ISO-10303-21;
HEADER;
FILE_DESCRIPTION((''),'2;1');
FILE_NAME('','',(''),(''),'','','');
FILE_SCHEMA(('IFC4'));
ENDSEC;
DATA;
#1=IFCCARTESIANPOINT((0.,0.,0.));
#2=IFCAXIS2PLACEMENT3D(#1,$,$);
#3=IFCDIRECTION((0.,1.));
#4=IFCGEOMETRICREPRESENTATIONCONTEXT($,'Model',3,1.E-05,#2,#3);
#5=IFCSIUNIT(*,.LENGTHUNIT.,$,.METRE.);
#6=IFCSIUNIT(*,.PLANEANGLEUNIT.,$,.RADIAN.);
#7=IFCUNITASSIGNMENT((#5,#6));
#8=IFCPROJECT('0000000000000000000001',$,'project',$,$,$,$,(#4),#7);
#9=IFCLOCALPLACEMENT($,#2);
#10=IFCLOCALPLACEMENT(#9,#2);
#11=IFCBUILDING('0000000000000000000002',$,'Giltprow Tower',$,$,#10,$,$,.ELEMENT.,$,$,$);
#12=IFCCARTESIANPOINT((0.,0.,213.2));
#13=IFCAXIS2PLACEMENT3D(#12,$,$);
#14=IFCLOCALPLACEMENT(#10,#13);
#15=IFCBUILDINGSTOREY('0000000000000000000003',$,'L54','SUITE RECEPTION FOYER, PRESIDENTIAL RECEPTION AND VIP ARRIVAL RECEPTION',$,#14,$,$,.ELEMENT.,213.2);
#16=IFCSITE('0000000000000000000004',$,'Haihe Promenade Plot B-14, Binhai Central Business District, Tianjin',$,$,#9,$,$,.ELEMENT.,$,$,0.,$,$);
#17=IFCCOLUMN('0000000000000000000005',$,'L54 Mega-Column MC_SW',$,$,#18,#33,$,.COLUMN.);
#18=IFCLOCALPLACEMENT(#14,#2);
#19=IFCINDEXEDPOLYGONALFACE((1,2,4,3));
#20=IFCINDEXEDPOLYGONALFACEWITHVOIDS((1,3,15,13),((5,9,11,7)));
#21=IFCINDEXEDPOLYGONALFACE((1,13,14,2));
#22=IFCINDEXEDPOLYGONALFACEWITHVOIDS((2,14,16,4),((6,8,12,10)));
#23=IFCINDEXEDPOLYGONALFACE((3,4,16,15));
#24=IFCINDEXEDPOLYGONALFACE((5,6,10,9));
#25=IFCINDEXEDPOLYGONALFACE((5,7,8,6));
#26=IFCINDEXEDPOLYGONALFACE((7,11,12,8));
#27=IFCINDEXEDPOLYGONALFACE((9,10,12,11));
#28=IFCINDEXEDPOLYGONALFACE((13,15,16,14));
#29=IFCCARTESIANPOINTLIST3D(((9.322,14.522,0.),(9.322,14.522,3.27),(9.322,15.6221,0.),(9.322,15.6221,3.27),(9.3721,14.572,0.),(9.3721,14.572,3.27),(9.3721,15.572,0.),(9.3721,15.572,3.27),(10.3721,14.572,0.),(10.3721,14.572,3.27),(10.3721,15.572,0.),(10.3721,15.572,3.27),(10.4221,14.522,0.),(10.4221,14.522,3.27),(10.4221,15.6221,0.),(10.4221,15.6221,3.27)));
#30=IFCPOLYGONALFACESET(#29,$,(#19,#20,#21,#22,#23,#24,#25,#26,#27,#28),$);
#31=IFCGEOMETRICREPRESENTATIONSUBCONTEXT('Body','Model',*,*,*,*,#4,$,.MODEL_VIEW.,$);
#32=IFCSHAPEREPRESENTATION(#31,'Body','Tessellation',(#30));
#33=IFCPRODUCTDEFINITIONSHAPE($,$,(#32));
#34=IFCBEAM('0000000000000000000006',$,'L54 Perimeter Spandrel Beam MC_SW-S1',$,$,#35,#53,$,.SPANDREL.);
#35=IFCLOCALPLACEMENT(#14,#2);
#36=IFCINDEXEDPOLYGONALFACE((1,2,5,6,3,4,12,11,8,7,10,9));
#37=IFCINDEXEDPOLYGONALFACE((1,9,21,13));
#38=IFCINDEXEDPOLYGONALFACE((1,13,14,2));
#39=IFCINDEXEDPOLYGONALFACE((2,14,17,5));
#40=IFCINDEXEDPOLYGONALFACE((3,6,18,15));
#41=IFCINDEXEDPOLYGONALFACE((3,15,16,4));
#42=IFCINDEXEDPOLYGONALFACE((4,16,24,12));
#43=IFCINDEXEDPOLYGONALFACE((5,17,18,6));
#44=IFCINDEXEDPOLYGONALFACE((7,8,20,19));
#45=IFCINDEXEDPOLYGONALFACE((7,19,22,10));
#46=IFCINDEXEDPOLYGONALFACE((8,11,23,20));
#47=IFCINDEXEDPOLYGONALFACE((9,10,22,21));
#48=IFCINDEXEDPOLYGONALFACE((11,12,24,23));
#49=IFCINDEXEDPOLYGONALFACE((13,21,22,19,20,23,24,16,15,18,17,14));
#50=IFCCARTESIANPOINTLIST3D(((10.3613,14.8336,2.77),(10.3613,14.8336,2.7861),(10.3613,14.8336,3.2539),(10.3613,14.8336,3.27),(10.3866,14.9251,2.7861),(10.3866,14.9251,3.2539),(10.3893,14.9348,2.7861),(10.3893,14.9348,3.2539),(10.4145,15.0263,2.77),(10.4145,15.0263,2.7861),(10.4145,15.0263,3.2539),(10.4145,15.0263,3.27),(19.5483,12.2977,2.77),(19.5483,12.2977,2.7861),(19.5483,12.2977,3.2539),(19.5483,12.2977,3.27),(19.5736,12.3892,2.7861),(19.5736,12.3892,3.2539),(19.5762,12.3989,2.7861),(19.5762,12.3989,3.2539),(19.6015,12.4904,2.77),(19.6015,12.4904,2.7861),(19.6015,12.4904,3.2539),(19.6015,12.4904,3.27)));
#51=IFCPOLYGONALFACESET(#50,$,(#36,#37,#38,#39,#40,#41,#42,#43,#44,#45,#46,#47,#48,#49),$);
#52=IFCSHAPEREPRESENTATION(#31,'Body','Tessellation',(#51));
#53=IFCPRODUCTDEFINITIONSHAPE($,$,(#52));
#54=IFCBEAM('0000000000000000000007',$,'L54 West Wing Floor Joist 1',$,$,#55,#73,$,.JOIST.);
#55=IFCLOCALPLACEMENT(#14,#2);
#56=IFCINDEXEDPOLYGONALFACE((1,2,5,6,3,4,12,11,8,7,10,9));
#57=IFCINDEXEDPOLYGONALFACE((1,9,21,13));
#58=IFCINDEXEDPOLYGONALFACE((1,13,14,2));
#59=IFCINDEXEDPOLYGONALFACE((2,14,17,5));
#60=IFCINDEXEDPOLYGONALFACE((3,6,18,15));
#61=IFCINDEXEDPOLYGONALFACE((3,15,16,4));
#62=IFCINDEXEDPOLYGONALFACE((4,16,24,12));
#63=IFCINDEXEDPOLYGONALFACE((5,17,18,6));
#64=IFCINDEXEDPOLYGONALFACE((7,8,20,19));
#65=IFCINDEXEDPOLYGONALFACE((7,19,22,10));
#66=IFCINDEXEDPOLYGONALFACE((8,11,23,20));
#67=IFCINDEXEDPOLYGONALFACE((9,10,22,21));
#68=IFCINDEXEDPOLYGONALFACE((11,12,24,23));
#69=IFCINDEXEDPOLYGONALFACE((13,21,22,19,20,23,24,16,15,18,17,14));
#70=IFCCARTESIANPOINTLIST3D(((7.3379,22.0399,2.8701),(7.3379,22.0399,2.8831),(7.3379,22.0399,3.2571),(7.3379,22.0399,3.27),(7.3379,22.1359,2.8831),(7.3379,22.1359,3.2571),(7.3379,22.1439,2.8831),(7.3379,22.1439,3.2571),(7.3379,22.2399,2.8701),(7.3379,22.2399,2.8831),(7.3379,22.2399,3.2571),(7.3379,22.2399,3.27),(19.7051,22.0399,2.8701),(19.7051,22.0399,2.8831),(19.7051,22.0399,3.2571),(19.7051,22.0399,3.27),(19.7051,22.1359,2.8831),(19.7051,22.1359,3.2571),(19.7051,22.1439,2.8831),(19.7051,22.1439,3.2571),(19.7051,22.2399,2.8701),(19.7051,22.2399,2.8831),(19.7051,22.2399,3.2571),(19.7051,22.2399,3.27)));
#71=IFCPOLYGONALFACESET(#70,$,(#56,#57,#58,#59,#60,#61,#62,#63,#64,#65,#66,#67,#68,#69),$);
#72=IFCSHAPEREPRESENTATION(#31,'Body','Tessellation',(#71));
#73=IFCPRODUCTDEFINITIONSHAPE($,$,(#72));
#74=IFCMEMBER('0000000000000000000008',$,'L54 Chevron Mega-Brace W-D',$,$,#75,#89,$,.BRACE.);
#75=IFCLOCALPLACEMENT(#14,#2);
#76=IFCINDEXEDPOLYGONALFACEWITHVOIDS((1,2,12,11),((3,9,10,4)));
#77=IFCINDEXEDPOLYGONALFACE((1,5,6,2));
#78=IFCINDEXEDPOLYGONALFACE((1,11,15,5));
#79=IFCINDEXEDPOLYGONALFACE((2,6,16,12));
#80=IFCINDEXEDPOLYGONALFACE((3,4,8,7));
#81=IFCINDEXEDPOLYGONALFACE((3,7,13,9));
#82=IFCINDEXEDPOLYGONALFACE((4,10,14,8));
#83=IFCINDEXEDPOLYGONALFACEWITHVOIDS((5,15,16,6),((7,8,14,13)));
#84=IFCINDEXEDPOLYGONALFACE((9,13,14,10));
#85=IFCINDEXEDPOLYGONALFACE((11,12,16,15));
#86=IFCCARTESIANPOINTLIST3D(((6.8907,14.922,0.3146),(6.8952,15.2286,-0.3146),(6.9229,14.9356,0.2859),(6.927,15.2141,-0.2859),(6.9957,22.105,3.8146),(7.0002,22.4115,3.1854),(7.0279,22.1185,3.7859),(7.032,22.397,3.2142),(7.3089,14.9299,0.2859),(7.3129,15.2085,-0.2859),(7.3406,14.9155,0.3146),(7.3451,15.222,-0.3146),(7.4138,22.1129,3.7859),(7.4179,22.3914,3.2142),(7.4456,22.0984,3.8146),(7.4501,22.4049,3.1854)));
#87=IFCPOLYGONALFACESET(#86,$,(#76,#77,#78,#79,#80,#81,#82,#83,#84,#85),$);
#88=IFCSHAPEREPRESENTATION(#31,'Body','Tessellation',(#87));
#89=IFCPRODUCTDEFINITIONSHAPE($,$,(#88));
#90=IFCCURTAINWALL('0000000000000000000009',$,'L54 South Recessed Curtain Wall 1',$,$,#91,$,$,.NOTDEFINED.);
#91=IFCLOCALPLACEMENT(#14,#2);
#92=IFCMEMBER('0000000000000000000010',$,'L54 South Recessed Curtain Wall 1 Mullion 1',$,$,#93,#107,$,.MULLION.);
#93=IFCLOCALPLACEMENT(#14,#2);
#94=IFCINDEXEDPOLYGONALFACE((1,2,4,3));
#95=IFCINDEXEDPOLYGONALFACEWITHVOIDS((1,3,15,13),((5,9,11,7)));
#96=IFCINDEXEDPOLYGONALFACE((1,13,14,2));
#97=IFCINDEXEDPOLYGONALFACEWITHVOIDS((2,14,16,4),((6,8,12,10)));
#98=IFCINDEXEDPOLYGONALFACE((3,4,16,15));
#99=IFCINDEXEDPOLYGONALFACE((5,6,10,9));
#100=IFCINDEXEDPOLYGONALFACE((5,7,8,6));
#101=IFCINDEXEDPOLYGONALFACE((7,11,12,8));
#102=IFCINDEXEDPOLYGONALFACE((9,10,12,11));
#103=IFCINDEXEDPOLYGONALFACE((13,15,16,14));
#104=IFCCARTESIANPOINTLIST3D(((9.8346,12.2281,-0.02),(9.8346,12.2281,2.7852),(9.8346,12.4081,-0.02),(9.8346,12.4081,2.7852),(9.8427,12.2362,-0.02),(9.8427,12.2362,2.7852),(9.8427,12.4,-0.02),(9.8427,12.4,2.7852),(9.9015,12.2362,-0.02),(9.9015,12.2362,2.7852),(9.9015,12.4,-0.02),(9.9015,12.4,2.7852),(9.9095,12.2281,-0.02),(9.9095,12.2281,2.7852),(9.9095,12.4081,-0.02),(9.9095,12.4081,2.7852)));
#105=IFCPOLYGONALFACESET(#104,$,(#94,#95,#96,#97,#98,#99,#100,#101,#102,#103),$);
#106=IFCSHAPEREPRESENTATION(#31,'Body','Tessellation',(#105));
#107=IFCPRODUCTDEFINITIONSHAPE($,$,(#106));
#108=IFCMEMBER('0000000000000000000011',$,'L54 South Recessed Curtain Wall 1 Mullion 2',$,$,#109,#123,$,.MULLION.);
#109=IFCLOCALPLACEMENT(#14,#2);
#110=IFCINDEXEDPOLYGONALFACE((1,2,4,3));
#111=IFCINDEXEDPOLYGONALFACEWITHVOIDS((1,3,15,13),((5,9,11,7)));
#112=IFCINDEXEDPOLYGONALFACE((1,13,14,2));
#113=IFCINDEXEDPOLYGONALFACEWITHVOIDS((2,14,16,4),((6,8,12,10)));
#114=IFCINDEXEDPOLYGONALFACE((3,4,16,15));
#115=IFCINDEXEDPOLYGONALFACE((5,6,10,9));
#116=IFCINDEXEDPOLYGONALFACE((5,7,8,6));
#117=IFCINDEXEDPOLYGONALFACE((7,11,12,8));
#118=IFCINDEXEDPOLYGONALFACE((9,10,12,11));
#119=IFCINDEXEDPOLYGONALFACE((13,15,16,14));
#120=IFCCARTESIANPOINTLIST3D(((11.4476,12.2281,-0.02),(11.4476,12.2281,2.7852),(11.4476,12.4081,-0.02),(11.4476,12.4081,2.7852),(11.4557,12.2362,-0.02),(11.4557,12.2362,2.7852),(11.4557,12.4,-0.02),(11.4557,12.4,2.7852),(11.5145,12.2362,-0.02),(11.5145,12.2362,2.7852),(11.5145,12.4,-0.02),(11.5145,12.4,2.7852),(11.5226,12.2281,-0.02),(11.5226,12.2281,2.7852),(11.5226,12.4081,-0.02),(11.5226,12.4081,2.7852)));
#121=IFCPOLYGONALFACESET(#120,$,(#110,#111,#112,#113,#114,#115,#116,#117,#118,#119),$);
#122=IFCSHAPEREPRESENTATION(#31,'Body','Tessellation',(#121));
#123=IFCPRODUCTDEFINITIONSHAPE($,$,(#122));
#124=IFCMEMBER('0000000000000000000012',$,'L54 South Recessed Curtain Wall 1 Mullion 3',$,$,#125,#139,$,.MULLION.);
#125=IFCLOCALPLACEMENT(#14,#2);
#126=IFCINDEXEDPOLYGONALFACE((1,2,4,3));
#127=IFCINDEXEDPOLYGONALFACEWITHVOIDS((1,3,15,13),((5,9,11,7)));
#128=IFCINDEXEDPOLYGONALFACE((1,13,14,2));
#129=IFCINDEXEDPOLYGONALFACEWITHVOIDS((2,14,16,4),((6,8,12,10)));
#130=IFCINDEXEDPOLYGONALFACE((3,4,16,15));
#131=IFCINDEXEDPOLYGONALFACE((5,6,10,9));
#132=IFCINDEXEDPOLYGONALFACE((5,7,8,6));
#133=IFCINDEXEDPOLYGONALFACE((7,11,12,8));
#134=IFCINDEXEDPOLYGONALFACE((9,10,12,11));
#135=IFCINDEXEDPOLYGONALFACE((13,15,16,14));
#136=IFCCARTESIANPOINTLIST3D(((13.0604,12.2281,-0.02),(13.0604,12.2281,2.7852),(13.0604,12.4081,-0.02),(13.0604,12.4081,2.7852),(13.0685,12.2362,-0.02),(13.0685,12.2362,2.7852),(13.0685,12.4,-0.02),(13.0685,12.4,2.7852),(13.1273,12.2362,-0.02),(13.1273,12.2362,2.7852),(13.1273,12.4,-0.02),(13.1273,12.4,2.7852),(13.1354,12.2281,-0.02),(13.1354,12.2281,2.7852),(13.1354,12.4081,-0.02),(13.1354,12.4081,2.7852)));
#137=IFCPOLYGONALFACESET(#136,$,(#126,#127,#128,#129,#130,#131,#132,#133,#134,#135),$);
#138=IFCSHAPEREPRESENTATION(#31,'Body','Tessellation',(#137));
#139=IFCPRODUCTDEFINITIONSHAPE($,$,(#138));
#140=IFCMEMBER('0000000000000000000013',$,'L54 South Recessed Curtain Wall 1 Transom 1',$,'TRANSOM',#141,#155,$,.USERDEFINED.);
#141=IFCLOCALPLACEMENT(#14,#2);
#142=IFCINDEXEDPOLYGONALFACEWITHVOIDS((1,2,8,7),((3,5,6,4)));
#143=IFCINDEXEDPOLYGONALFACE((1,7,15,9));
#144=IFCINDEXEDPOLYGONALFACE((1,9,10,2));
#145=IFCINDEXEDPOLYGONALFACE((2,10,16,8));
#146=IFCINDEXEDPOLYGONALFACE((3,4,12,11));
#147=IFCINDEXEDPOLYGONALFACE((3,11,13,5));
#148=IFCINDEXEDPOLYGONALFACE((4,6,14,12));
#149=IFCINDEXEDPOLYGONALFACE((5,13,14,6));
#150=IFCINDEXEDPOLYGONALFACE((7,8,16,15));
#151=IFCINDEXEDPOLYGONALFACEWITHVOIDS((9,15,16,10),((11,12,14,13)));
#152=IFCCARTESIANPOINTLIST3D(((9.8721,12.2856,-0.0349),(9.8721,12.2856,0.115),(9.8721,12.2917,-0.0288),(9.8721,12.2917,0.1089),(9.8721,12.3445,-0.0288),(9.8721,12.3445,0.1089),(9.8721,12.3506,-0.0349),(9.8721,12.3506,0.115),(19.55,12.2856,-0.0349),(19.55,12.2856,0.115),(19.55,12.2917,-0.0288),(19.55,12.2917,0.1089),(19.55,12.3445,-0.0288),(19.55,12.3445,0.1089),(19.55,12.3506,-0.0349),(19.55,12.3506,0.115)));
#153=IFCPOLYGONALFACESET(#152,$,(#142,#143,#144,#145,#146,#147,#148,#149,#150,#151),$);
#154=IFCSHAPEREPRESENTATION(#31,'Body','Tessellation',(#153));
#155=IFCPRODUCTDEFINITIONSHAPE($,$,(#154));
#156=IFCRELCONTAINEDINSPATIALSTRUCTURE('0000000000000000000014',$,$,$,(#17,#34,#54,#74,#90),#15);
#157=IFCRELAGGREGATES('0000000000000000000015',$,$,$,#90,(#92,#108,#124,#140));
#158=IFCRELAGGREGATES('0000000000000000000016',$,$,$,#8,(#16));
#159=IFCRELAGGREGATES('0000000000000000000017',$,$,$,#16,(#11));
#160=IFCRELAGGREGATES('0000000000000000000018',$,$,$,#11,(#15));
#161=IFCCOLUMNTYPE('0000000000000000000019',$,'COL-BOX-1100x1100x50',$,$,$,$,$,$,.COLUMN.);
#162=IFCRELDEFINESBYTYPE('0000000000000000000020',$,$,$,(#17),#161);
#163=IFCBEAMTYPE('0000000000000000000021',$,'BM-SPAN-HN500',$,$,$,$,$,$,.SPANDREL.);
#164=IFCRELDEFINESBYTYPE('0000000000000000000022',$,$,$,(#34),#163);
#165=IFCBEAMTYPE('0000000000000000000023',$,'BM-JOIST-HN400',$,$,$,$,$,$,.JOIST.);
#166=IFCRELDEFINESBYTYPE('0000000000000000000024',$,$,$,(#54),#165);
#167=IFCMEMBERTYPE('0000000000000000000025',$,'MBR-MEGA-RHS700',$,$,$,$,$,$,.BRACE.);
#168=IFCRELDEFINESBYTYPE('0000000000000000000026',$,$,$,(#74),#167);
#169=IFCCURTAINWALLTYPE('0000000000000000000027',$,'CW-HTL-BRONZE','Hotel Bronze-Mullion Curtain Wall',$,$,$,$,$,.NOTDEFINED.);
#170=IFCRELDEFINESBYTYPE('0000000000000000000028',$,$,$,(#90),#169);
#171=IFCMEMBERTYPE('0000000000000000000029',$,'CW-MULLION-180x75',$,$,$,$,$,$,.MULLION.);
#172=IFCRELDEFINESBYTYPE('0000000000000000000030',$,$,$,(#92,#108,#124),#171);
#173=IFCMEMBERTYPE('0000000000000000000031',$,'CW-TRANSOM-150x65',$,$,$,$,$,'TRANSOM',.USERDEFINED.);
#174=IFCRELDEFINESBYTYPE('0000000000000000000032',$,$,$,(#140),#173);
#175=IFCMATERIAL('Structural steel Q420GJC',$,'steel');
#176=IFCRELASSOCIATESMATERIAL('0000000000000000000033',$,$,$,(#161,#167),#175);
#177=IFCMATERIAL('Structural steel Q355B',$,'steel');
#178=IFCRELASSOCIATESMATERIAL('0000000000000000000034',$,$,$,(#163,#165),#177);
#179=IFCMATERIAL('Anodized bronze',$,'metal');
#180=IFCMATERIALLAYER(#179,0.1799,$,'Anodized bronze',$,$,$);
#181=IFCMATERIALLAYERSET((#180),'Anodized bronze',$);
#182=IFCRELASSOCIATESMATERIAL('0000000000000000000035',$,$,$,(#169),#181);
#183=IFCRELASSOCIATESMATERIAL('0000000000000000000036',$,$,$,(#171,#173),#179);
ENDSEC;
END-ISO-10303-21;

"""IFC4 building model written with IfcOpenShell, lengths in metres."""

from ifc_helpers import new_model, si_unit, direction, frame, origin, origin_2d, place, context, subcontext, project, spatial, hollow_rectangle, i_section, extrude, source, transform, mapped, material, layer, layer_set, material_profile, profile_set, type_object, element, aggregate, save


model = new_model("IFC4")

# Units and contexts
model_context = context("Model", 3, precision=1e-05, world=origin(), true_north=direction((0.0, 1.0)))
body_context = subcontext(model_context, "Body", "Model", "MODEL_VIEW")
ifc_project = project(units=[si_unit("LENGTHUNIT", "METRE"), si_unit("PLANEANGLEUNIT", "RADIAN")], contexts=[model_context])

# Site, building, storey
site_placement = place(None, origin())
site = spatial("IfcSite", under=ifc_project, at=site_placement, Name="Haihe Promenade Plot B-14, Binhai Central Business District, Tianjin", CompositionType="ELEMENT", RefElevation=0.0)
building_placement = place(site_placement, origin())
building = spatial("IfcBuilding", under=site, at=building_placement, Name="Giltprow Tower", CompositionType="ELEMENT")
storey_placement = place(building_placement, frame((0.0, 0.0, 213.2)))
storey = spatial("IfcBuildingStorey", under=building, at=storey_placement, Name="L54", Description="SUITE RECEPTION FOYER, PRESIDENTIAL RECEPTION AND VIP ARRIVAL RECEPTION", CompositionType="ELEMENT", Elevation=213.2)

# Column
ifc_material_1 = material(Name="Structural steel Q420GJC", Category="steel")
ifc_material_profile_1 = material_profile(ifc_material_1, hollow_rectangle(XDim=1.1001, YDim=1.1001, WallThickness=0.05, at=origin_2d()), Name="BOX 1100x1100x50")
ifc_profile_set_1 = profile_set([ifc_material_profile_1], Name="Structural steel Q420GJC")
column_type = type_object("IfcColumnType", Name="COL-BOX-1100x1100x50", PredefinedType="COLUMN", material=ifc_profile_set_1)
shared_shape_1 = source(origin(), body_context, "Body", "SweptSolid", [
    extrude(hollow_rectangle(XDim=1.1001, YDim=1.1001, WallThickness=0.05, at=origin_2d()), origin(), (0.0, 0.0, 1.0), 3.27),
])
column_placement = place(storey_placement, frame((9.8721, 15.072, 0.0), z_axis=(0.0, 0.0, 1.0), x_axis=(1.0, 0.0, 0.0)))
element("IfcColumn", 1, at=column_placement, inside=storey, type_object=column_type, Name="L54 Mega-Column MC_SW", PredefinedType="COLUMN", context=body_context, shape_type="MappedRepresentation", body=[
    mapped(shared_shape_1, transform((0.0, 0.0, 0.0), x_axis=(1.0, 0.0, 0.0), y_axis=(0.0, 1.0, 0.0), z_axis=(0.0, 0.0, 1.0), scale=1.0)),
])

# Beams
ifc_material_2 = material(Name="Structural steel Q355B", Category="steel")
ifc_material_profile_2 = material_profile(ifc_material_2, i_section(OverallWidth=0.2, OverallDepth=0.5, WebThickness=0.01, FlangeThickness=0.0161, at=origin_2d()), Name="HN 500x200x10x16")
ifc_profile_set_2 = profile_set([ifc_material_profile_2], Name="Structural steel Q355B")
beam_type_1 = type_object("IfcBeamType", Name="BM-SPAN-HN500", PredefinedType="SPANDREL", material=ifc_profile_set_2)
shared_shape_2 = source(origin(), body_context, "Body", "SweptSolid", [
    extrude(i_section(OverallWidth=0.2, OverallDepth=0.5, WebThickness=0.01, FlangeThickness=0.0161, at=origin_2d()), origin(), (0.0, 0.0, 1.0), 9.5305),
])
beam_1_placement = place(storey_placement, frame((10.3879, 14.9299, 3.02), z_axis=(0.963951, -0.266079, 0.0), x_axis=(0.266079, 0.963951, 0.0)))
element("IfcBeam", 2, at=beam_1_placement, inside=storey, type_object=beam_type_1, Name="L54 Perimeter Spandrel Beam MC_SW-S1", PredefinedType="SPANDREL", context=body_context, shape_type="MappedRepresentation", body=[
    mapped(shared_shape_2, transform((0.0, 0.0, 0.0), x_axis=(1.0, 0.0, 0.0), y_axis=(0.0, 1.0, 0.0), z_axis=(0.0, 0.0, 1.0), scale=1.0)),
])
ifc_material_profile_3 = material_profile(ifc_material_2, i_section(OverallWidth=0.2, OverallDepth=0.3999, WebThickness=0.0081, FlangeThickness=0.0129, at=origin_2d()), Name="HN 400x200x8x13")
ifc_profile_set_3 = profile_set([ifc_material_profile_3], Name="Structural steel Q355B")
beam_type_2 = type_object("IfcBeamType", Name="BM-JOIST-HN400", PredefinedType="JOIST", material=ifc_profile_set_3)
shared_shape_3 = source(origin(), body_context, "Body", "SweptSolid", [
    extrude(i_section(OverallWidth=0.2, OverallDepth=0.3999, WebThickness=0.0081, FlangeThickness=0.0129, at=origin_2d()), origin(), (0.0, 0.0, 1.0), 12.3672),
])
beam_2_placement = place(storey_placement, frame((7.3379, 22.1399, 3.0701), z_axis=(1.0, 0.0, 0.0), x_axis=(0.0, 1.0, 0.0)))
element("IfcBeam", 3, at=beam_2_placement, inside=storey, type_object=beam_type_2, Name="L54 West Wing Floor Joist 1", PredefinedType="JOIST", context=body_context, shape_type="MappedRepresentation", body=[
    mapped(shared_shape_3, transform((0.0, 0.0, 0.0), x_axis=(1.0, 0.0, 0.0), y_axis=(0.0, 1.0, 0.0), z_axis=(0.0, 0.0, 1.0), scale=1.0)),
])

# Member
ifc_material_profile_4 = material_profile(ifc_material_1, hollow_rectangle(XDim=0.45, YDim=0.7, WallThickness=0.032, at=origin_2d()), Name="RHS 700x450x32")
ifc_profile_set_4 = profile_set([ifc_material_profile_4], Name="Structural steel Q420GJC")
member_type_1 = type_object("IfcMemberType", Name="MBR-MEGA-RHS700", PredefinedType="BRACE", material=ifc_profile_set_4)
shared_shape_4 = source(origin(), body_context, "Body", "SweptSolid", [
    extrude(hollow_rectangle(XDim=0.45, YDim=0.7, WallThickness=0.032, at=origin_2d()), origin(), (0.0, 0.0, 1.0), 7.991),
])
member_1_placement = place(storey_placement, frame((7.1179, 15.072, 0.0), z_axis=(0.013137, 0.89888, 0.437998), x_axis=(-0.999893, 0.014614, 0.0)))
element("IfcMember", 4, at=member_1_placement, inside=storey, type_object=member_type_1, Name="L54 Chevron Mega-Brace W-D", PredefinedType="BRACE", context=body_context, shape_type="MappedRepresentation", body=[
    mapped(shared_shape_4, transform((0.0, 0.0, 0.0), x_axis=(1.0, 0.0, 0.0), y_axis=(0.0, 1.0, 0.0), z_axis=(0.0, 0.0, 1.0), scale=1.0)),
])

# Curtain wall, members
ifc_material_3 = material(Name="Anodized bronze", Category="metal")
ifc_layer_1 = layer(ifc_material_3, 0.1799, Name="Anodized bronze")
ifc_layer_set_1 = layer_set([ifc_layer_1], Name="Anodized bronze")
curtain_wall_type = type_object("IfcCurtainWallType", Name="CW-HTL-BRONZE", Description="Hotel Bronze-Mullion Curtain Wall", PredefinedType="NOTDEFINED", material=ifc_layer_set_1)
curtain_wall_placement = place(storey_placement, origin())
curtain_wall = element("IfcCurtainWall", 5, at=curtain_wall_placement, inside=storey, type_object=curtain_wall_type, Name="L54 South Recessed Curtain Wall 1", PredefinedType="NOTDEFINED")
ifc_material_profile_5 = material_profile(ifc_material_3, hollow_rectangle(XDim=0.075, YDim=0.1799, WallThickness=0.0081, at=origin_2d()), Name="RHS 180x75x8")
ifc_profile_set_5 = profile_set([ifc_material_profile_5], Name="Anodized bronze")
member_type_2 = type_object("IfcMemberType", Name="CW-MULLION-180x75", PredefinedType="MULLION", material=ifc_profile_set_5)
shared_shape_5 = source(origin(), body_context, "Body", "SweptSolid", [
    extrude(hollow_rectangle(XDim=0.075, YDim=0.1799, WallThickness=0.0081, at=origin_2d()), origin(), (0.0, 0.0, 1.0), 2.8052),
])
member_2_placement = place(storey_placement, frame((9.8721, 12.3181, -0.02), z_axis=(0.0, 0.0, 1.0), x_axis=(1.0, 0.0, 0.0)))
member_2 = element("IfcMember", 6, at=member_2_placement, type_object=member_type_2, Name="L54 South Recessed Curtain Wall 1 Mullion 1", PredefinedType="MULLION", context=body_context, shape_type="MappedRepresentation", body=[
    mapped(shared_shape_5, transform((0.0, 0.0, 0.0), x_axis=(1.0, 0.0, 0.0), y_axis=(0.0, 1.0, 0.0), z_axis=(0.0, 0.0, 1.0), scale=1.0)),
])
member_3_placement = place(storey_placement, frame((11.4851, 12.3181, -0.02), z_axis=(0.0, 0.0, 1.0), x_axis=(1.0, 0.0, 0.0)))
member_3 = element("IfcMember", 7, at=member_3_placement, type_object=member_type_2, Name="L54 South Recessed Curtain Wall 1 Mullion 2", PredefinedType="MULLION", context=body_context, shape_type="MappedRepresentation", body=[
    mapped(shared_shape_5, transform((0.0, 0.0, 0.0), x_axis=(1.0, 0.0, 0.0), y_axis=(0.0, 1.0, 0.0), z_axis=(0.0, 0.0, 1.0), scale=1.0)),
])
member_4_placement = place(storey_placement, frame((13.0979, 12.3181, -0.02), z_axis=(0.0, 0.0, 1.0), x_axis=(1.0, 0.0, 0.0)))
member_4 = element("IfcMember", 8, at=member_4_placement, type_object=member_type_2, Name="L54 South Recessed Curtain Wall 1 Mullion 3", PredefinedType="MULLION", context=body_context, shape_type="MappedRepresentation", body=[
    mapped(shared_shape_5, transform((0.0, 0.0, 0.0), x_axis=(1.0, 0.0, 0.0), y_axis=(0.0, 1.0, 0.0), z_axis=(0.0, 0.0, 1.0), scale=1.0)),
])
ifc_material_profile_6 = material_profile(ifc_material_3, hollow_rectangle(XDim=0.0649, YDim=0.1499, WallThickness=0.0061, at=origin_2d()), Name="RHS 150x65x6")
ifc_profile_set_6 = profile_set([ifc_material_profile_6], Name="Anodized bronze")
member_type_3 = type_object("IfcMemberType", Name="CW-TRANSOM-150x65", ElementType="TRANSOM", PredefinedType="USERDEFINED", material=ifc_profile_set_6)
shared_shape_6 = source(origin(), body_context, "Body", "SweptSolid", [
    extrude(hollow_rectangle(XDim=0.0649, YDim=0.1499, WallThickness=0.0061, at=origin_2d()), origin(), (0.0, 0.0, 1.0), 9.678),
])
member_5_placement = place(storey_placement, frame((9.8721, 12.3181, 0.04), z_axis=(1.0, 0.0, 0.0), x_axis=(0.0, 1.0, 0.0)))
member_5 = element("IfcMember", 9, at=member_5_placement, type_object=member_type_3, Name="L54 South Recessed Curtain Wall 1 Transom 1", ObjectType="TRANSOM", PredefinedType="USERDEFINED", context=body_context, shape_type="MappedRepresentation", body=[
    mapped(shared_shape_6, transform((0.0, 0.0, 0.0), x_axis=(1.0, 0.0, 0.0), y_axis=(0.0, 1.0, 0.0), z_axis=(0.0, 0.0, 1.0), scale=1.0)),
])

aggregate(curtain_wall, [member_2, member_3, member_4, member_5])

save(model, "model.ifc")
